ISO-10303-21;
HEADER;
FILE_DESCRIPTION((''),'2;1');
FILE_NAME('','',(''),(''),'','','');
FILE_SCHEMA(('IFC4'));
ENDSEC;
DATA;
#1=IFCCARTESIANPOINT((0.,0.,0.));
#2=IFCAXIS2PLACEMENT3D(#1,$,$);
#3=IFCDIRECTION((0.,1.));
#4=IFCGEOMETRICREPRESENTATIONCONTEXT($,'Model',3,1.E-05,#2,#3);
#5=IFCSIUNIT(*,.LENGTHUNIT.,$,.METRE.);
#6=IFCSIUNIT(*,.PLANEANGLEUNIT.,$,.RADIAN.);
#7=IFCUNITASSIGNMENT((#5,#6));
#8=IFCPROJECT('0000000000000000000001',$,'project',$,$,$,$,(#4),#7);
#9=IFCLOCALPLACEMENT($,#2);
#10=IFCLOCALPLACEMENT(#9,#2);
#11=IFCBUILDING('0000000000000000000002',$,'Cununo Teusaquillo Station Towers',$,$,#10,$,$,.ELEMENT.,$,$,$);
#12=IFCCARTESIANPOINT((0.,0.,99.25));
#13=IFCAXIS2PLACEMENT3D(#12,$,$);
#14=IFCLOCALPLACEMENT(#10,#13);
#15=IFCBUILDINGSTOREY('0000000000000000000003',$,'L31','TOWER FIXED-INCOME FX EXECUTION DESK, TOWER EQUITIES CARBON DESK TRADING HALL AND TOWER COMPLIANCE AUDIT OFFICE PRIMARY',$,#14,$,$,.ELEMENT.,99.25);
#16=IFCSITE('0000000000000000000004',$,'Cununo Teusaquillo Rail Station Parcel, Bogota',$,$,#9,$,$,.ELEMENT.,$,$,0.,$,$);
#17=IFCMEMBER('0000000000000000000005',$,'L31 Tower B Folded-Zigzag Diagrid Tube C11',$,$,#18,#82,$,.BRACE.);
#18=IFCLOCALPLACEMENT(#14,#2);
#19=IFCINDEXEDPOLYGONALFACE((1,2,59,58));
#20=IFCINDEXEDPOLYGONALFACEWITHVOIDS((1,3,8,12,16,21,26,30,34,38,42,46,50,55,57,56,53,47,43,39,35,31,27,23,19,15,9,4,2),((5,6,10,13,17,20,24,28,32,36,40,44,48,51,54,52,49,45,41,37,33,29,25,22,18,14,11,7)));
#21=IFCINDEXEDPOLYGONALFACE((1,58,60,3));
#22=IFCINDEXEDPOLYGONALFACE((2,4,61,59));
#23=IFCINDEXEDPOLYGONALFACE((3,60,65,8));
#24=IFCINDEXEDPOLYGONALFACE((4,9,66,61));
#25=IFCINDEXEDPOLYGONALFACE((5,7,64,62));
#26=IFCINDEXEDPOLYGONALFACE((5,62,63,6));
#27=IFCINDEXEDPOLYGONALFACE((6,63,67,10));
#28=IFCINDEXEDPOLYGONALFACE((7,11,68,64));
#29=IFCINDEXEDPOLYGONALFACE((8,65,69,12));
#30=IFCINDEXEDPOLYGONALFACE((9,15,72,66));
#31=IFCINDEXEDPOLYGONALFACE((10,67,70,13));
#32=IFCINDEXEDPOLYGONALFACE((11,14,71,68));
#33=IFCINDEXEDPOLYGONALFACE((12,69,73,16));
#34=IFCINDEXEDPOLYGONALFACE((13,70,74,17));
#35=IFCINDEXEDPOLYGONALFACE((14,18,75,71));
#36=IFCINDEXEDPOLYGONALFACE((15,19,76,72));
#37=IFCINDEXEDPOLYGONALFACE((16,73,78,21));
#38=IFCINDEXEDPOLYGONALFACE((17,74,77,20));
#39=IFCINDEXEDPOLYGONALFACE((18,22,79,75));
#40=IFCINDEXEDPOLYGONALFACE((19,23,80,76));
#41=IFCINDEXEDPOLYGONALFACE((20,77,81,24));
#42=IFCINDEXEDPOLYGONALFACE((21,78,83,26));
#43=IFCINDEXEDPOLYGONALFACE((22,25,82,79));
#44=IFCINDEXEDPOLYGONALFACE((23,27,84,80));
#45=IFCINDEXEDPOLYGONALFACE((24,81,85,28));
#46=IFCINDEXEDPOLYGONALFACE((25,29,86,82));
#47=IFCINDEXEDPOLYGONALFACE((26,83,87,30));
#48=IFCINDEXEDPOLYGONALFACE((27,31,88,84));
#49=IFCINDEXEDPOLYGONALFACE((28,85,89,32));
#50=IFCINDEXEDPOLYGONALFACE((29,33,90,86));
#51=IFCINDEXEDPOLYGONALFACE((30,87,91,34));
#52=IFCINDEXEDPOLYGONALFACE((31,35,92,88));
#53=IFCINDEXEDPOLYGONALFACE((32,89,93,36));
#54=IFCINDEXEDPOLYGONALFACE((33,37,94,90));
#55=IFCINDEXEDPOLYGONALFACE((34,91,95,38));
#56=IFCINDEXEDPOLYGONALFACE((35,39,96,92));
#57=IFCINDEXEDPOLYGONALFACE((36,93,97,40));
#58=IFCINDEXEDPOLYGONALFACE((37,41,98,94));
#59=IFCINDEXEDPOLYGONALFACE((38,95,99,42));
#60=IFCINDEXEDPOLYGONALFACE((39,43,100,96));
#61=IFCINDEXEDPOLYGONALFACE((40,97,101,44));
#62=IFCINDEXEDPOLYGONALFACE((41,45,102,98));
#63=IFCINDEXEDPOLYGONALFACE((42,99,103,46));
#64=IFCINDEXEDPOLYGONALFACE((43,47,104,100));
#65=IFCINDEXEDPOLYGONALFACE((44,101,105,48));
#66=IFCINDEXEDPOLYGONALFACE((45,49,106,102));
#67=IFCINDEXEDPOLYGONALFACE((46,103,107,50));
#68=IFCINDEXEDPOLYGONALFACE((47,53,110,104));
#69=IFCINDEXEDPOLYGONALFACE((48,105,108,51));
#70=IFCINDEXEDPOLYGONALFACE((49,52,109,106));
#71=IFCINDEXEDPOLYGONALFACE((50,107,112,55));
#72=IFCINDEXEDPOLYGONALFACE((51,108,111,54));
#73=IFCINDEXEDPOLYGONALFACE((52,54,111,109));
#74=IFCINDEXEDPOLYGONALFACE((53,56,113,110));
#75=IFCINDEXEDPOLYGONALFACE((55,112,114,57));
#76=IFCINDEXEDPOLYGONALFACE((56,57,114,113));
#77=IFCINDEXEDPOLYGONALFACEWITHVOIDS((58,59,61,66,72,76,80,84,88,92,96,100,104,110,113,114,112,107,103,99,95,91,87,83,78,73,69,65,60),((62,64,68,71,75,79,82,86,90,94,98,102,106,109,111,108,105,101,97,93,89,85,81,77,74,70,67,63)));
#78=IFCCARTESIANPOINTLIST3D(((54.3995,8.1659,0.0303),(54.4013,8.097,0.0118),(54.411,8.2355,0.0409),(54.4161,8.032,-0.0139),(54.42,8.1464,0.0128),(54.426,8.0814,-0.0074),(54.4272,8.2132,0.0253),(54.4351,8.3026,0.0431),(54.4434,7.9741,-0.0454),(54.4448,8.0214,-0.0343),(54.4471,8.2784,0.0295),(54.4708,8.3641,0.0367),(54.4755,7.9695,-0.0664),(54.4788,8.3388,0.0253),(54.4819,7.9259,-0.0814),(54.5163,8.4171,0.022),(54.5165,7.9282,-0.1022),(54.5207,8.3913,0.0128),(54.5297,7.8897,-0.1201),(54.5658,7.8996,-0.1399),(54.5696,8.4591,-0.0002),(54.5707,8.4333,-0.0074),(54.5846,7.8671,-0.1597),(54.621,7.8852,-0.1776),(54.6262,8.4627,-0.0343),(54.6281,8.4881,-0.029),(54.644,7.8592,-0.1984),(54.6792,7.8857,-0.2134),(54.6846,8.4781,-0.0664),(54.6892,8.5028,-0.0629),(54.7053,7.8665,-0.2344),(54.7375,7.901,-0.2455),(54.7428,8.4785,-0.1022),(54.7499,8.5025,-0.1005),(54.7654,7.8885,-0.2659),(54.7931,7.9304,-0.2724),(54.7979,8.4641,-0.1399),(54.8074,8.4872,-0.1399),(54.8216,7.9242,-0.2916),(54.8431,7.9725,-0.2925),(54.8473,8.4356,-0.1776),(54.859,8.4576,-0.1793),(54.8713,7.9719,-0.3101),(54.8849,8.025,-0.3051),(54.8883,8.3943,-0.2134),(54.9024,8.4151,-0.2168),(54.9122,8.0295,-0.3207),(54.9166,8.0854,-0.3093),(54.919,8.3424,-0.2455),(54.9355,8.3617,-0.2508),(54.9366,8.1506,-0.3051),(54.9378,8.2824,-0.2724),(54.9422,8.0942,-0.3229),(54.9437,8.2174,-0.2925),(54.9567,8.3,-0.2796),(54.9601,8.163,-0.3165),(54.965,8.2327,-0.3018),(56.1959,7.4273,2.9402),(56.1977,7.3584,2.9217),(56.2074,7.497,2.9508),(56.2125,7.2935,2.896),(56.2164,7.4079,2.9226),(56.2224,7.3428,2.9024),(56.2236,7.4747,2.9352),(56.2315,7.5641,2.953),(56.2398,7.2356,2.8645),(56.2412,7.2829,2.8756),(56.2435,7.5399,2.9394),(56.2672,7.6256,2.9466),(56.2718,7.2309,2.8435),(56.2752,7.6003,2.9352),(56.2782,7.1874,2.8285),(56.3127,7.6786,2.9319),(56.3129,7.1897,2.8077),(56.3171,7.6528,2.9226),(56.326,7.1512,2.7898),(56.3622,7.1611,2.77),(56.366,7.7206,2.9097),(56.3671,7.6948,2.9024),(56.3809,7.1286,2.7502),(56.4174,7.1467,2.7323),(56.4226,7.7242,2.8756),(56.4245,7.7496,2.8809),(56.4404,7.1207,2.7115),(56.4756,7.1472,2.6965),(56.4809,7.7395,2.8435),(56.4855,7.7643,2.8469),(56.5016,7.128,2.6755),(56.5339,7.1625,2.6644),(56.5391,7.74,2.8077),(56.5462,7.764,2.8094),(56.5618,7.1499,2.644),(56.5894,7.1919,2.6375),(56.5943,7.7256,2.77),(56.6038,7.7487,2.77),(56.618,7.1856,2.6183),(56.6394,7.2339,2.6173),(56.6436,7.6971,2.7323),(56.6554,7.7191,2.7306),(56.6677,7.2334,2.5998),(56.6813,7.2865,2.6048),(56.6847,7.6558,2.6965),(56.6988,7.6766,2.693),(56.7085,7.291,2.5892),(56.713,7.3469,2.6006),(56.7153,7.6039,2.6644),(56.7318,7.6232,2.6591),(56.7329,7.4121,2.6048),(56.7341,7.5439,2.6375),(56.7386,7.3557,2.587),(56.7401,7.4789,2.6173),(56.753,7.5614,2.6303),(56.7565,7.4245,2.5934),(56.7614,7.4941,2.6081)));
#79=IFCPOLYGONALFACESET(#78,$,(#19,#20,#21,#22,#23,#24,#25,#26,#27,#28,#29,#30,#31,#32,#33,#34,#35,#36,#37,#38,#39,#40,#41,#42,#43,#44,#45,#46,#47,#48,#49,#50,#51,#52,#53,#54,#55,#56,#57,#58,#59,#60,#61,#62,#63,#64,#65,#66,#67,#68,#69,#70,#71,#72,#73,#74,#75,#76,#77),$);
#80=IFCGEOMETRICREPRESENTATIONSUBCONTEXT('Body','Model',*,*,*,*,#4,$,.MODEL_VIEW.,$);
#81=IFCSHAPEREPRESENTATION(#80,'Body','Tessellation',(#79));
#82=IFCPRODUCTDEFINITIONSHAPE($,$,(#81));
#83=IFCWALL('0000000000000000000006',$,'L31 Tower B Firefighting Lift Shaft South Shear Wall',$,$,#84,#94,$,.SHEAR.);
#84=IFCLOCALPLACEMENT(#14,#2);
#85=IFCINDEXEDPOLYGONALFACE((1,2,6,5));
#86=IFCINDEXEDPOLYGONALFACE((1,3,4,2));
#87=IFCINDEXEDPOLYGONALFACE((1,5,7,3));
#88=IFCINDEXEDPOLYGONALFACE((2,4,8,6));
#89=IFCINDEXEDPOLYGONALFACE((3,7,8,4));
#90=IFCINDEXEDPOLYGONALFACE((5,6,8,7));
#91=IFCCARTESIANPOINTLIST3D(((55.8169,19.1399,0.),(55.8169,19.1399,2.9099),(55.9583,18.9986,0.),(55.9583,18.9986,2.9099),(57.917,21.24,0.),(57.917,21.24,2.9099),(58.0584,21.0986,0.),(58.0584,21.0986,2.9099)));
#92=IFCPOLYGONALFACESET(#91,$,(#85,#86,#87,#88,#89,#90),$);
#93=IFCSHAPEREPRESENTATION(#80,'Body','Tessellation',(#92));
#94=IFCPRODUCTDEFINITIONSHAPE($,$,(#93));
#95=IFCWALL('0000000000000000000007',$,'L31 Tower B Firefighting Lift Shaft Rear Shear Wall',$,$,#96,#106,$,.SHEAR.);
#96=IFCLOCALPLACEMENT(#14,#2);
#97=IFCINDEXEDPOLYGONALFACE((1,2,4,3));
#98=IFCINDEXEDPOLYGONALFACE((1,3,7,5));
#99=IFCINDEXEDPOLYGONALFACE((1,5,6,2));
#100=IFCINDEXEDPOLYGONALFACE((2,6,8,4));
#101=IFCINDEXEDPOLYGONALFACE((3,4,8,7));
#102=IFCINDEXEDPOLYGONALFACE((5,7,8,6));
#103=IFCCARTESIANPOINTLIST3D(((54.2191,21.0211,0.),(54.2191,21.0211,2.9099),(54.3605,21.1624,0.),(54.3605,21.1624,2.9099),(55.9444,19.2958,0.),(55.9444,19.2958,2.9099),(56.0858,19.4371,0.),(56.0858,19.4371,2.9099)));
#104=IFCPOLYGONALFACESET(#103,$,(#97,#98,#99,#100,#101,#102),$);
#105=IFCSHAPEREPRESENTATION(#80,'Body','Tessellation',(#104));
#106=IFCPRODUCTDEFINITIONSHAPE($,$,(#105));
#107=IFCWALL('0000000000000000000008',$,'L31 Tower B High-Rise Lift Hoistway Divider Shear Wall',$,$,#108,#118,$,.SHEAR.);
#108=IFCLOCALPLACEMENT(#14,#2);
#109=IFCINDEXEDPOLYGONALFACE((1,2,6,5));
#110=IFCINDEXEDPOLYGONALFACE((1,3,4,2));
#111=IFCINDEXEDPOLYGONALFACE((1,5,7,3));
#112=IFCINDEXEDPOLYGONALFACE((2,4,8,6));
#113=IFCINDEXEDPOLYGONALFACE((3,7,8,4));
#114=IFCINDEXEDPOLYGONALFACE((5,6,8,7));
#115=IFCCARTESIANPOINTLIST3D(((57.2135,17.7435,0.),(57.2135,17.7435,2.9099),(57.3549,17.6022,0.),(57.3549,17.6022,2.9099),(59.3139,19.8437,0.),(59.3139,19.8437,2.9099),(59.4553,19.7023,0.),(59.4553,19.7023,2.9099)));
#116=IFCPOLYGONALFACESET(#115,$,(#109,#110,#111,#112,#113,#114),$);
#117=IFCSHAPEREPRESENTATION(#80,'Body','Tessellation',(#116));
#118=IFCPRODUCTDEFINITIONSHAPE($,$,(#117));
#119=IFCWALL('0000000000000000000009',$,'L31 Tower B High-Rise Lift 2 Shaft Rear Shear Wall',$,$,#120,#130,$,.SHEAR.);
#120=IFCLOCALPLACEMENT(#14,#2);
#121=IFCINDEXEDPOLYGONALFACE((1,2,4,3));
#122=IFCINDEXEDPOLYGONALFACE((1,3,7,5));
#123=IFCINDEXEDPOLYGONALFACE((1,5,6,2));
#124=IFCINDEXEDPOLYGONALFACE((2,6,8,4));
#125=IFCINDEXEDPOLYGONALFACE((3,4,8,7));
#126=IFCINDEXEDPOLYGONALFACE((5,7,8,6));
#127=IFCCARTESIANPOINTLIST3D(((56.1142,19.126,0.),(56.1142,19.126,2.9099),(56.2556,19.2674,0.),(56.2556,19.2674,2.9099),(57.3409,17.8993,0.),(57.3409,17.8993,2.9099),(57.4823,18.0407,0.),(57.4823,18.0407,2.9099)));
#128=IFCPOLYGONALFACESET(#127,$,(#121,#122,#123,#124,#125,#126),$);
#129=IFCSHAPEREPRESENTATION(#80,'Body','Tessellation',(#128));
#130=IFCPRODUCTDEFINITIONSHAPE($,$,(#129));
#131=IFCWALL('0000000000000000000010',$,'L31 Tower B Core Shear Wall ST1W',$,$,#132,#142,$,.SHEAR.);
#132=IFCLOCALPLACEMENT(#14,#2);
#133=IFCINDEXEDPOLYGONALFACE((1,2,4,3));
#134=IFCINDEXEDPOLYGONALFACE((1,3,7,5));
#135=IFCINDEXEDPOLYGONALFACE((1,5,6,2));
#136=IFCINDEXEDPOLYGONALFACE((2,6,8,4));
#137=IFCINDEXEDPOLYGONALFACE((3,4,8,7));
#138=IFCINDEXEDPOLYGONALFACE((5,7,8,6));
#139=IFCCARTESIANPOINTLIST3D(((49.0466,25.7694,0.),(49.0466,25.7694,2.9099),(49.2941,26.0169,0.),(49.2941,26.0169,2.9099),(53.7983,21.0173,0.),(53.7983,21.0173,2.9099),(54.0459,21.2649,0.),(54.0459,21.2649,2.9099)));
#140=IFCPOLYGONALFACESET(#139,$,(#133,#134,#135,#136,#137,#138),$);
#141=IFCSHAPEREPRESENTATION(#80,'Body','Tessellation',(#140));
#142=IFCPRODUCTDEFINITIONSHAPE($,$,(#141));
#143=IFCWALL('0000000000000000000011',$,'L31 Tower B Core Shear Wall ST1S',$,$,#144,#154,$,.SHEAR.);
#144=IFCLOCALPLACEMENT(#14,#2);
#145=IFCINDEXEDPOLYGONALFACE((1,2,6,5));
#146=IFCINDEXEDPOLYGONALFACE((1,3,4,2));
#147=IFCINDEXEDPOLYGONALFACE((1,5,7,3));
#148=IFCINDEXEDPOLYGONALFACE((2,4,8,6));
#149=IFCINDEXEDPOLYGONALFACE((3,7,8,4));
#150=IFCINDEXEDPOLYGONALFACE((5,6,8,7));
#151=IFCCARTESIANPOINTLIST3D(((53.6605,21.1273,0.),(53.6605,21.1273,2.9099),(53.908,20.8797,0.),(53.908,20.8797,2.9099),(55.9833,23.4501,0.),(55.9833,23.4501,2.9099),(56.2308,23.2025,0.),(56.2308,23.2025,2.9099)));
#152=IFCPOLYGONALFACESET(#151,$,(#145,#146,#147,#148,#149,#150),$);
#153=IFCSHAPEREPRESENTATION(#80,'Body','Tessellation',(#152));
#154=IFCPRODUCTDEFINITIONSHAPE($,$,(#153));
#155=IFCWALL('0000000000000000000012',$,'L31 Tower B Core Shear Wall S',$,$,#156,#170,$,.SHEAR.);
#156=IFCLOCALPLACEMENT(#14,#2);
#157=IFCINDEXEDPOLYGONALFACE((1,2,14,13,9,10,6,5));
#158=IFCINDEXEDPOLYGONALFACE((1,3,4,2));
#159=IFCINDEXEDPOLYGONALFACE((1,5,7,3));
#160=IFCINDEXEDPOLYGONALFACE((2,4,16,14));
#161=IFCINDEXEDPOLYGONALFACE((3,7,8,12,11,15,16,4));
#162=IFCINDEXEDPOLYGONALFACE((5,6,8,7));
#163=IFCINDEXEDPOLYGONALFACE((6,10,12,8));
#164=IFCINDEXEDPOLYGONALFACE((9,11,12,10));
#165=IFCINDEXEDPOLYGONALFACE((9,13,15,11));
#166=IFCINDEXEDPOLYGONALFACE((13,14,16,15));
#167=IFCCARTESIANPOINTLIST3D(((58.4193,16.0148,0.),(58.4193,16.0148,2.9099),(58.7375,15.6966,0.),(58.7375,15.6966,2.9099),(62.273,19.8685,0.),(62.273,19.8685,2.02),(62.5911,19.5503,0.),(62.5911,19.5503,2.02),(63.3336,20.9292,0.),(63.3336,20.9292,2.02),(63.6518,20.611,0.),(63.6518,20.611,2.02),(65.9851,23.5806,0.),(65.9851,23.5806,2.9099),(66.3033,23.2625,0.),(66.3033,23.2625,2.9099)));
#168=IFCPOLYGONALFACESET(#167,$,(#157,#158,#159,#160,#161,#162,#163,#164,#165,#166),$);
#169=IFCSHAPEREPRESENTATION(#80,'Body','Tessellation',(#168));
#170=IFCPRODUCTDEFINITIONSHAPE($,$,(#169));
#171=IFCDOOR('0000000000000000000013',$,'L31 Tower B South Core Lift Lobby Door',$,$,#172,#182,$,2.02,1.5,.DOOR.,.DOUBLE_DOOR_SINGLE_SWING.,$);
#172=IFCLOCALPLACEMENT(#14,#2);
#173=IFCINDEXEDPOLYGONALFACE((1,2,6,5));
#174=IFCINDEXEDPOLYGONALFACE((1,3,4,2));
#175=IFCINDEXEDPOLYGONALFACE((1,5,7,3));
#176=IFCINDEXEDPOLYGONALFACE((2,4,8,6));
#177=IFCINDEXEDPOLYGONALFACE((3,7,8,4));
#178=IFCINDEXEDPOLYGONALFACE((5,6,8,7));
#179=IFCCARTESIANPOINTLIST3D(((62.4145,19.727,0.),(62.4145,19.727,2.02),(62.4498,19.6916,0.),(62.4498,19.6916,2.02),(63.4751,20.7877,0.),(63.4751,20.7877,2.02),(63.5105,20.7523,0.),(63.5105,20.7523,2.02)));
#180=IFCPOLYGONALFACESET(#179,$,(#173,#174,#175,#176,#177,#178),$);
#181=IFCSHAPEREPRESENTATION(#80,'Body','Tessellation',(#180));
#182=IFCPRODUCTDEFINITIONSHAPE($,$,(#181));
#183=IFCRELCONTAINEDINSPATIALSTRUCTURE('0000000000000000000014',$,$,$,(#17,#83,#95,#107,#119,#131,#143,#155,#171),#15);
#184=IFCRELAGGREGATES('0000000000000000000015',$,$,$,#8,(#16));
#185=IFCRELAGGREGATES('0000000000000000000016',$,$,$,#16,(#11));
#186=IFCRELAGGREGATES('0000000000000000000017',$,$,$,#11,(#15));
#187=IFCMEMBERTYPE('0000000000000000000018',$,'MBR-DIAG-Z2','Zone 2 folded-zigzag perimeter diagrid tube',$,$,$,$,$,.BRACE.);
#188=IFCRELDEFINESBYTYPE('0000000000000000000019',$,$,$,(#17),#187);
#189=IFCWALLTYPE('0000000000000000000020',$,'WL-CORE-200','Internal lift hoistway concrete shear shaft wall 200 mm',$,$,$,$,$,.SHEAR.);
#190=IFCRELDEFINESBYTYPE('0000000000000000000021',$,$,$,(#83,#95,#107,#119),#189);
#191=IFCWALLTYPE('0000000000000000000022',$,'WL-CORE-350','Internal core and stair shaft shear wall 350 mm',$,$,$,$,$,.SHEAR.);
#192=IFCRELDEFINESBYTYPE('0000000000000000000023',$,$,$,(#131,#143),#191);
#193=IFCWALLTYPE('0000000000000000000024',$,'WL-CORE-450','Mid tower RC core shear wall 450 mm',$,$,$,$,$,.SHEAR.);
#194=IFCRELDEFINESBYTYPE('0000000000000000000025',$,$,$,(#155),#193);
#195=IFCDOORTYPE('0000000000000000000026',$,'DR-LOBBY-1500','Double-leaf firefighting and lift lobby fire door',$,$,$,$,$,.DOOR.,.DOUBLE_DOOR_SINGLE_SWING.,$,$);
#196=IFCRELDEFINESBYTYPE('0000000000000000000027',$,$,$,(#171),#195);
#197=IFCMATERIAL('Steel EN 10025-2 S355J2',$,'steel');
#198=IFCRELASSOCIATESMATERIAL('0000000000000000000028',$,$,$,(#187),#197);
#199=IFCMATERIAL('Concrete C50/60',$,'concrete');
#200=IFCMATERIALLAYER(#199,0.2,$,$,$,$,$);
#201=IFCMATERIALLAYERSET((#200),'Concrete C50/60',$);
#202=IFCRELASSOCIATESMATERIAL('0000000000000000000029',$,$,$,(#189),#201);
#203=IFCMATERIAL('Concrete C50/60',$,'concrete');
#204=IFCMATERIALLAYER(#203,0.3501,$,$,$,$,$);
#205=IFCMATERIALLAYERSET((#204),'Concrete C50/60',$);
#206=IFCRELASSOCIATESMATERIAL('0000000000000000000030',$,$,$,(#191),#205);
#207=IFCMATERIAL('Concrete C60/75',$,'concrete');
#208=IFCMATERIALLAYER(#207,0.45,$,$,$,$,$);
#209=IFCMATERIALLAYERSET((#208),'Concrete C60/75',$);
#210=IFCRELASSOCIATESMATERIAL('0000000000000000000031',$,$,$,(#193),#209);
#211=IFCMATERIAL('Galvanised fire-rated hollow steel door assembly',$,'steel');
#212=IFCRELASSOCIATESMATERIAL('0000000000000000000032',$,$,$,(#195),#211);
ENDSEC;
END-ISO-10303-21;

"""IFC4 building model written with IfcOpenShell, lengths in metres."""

from ifc_helpers import new_model, si_unit, direction, frame, frame_2d, origin, origin_2d, place, context, subcontext, project, spatial, rectangle, hollow_circle, extrude, source, transform, mapped, material, layer, layer_set, material_profile, profile_set, type_object, element, fill, save


model = new_model("IFC4")

# Units and contexts
model_context = context("Model", 3, precision=1e-05, world=origin(), true_north=direction((0.0, 1.0)))
body_context = subcontext(model_context, "Body", "Model", "MODEL_VIEW")
ifc_project = project(units=[si_unit("LENGTHUNIT", "METRE"), si_unit("PLANEANGLEUNIT", "RADIAN")], contexts=[model_context])

# Site, building, storey
site_placement = place(None, origin())
site = spatial("IfcSite", under=ifc_project, at=site_placement, Name="Cununo Teusaquillo Rail Station Parcel, Bogota", CompositionType="ELEMENT", RefElevation=0.0)
building_placement = place(site_placement, origin())
building = spatial("IfcBuilding", under=site, at=building_placement, Name="Cununo Teusaquillo Station Towers", CompositionType="ELEMENT")
storey_placement = place(building_placement, frame((0.0, 0.0, 99.25)))
storey = spatial("IfcBuildingStorey", under=building, at=storey_placement, Name="L31", Description="TOWER FIXED-INCOME FX EXECUTION DESK, TOWER EQUITIES CARBON DESK TRADING HALL AND TOWER COMPLIANCE AUDIT OFFICE PRIMARY", CompositionType="ELEMENT", Elevation=99.25)

# Member
ifc_material_1 = material(Name="Steel EN 10025-2 S355J2", Category="steel")
ifc_material_profile_1 = material_profile(ifc_material_1, hollow_circle(Radius=0.3301, WallThickness=0.0249, at=origin_2d()), Name="CHS 660x25")
ifc_profile_set_1 = profile_set([ifc_material_profile_1], Name="Steel EN 10025-2 S355J2")
member_type = type_object("IfcMemberType", Name="MBR-DIAG-Z2", Description="Zone 2 folded-zigzag perimeter diagrid tube", PredefinedType="BRACE", material=ifc_profile_set_1)
member_placement = place(storey_placement, frame((54.6819, 8.1819, -0.1399), z_axis=(0.513463, -0.211093, 0.831743), x_axis=(0.380238, 0.924889, 0.0)))
element("IfcMember", 1, at=member_placement, inside=storey, type_object=member_type, Name="L31 Tower B Folded-Zigzag Diagrid Tube C11", PredefinedType="BRACE", context=body_context, shape_type="SweptSolid", body=[
    extrude(hollow_circle(Radius=0.3301, WallThickness=0.0249, at=origin_2d()), origin(), (0.0, 0.0, 1.0), 3.4985),
])

# Walls
ifc_material_2 = material(Name="Concrete C50/60", Category="concrete")
ifc_layer_1 = layer(ifc_material_2, 0.2)
ifc_layer_set_1 = layer_set([ifc_layer_1], Name="Concrete C50/60")
wall_type_1 = type_object("IfcWallType", Name="WL-CORE-200", Description="Internal lift hoistway concrete shear shaft wall 200 mm", PredefinedType="SHEAR", material=ifc_layer_set_1)
wall_1_placement = place(storey_placement, frame((55.8877, 19.0693, 0.0), z_axis=(0.0, 0.0, 1.0), x_axis=(0.707107, 0.707107, 0.0)))
element("IfcWall", 2, at=wall_1_placement, inside=storey, type_object=wall_type_1, Name="L31 Tower B Firefighting Lift Shaft South Shear Wall", PredefinedType="SHEAR", context=body_context, shape_type="SweptSolid", body=[
    extrude(rectangle(XDim=2.97, YDim=0.2, at=frame_2d((1.4849, 0.0))), origin(), (0.0, 0.0, 1.0), 2.9099),
])
wall_2_placement = place(storey_placement, frame((56.0151, 19.3665, 0.0), z_axis=(0.0, 0.0, 1.0), x_axis=(-0.707107, 0.707107, 0.0)))
element("IfcWall", 3, at=wall_2_placement, inside=storey, type_object=wall_type_1, Name="L31 Tower B Firefighting Lift Shaft Rear Shear Wall", PredefinedType="SHEAR", context=body_context, shape_type="SweptSolid", body=[
    extrude(rectangle(XDim=2.4399, YDim=0.2, at=frame_2d((1.22, 0.0))), origin(), (0.0, 0.0, 1.0), 2.9099),
])
wall_3_placement = place(storey_placement, frame((57.2842, 17.6729, 0.0), z_axis=(0.0, 0.0, 1.0), x_axis=(0.707148, 0.707066, 0.0)))
element("IfcWall", 4, at=wall_3_placement, inside=storey, type_object=wall_type_1, Name="L31 Tower B High-Rise Lift Hoistway Divider Shear Wall", PredefinedType="SHEAR", context=body_context, shape_type="SweptSolid", body=[
    extrude(rectangle(XDim=2.9702, YDim=0.2, at=frame_2d((1.4851, 0.0))), origin(), (0.0, 0.0, 1.0), 2.9099),
])
wall_4_placement = place(storey_placement, frame((57.4116, 17.97, 0.0), z_axis=(0.0, 0.0, 1.0), x_axis=(-0.707107, 0.707107, 0.0)))
element("IfcWall", 5, at=wall_4_placement, inside=storey, type_object=wall_type_1, Name="L31 Tower B High-Rise Lift 2 Shaft Rear Shear Wall", PredefinedType="SHEAR", context=body_context, shape_type="SweptSolid", body=[
    extrude(rectangle(XDim=1.7349, YDim=0.2, at=frame_2d((0.8674, 0.0))), origin(), (0.0, 0.0, 1.0), 2.9099),
])
ifc_material_3 = material(Name="Concrete C50/60", Category="concrete")
ifc_layer_2 = layer(ifc_material_3, 0.3501)
ifc_layer_set_2 = layer_set([ifc_layer_2], Name="Concrete C50/60")
wall_type_2 = type_object("IfcWallType", Name="WL-CORE-350", Description="Internal core and stair shaft shear wall 350 mm", PredefinedType="SHEAR", material=ifc_layer_set_2)
wall_5_placement = place(storey_placement, frame((53.9221, 21.1411, 0.0), z_axis=(0.0, 0.0, 1.0), x_axis=(-0.707089, 0.707125, 0.0)))
element("IfcWall", 6, at=wall_5_placement, inside=storey, type_object=wall_type_2, Name="L31 Tower B Core Shear Wall ST1W", PredefinedType="SHEAR", context=body_context, shape_type="SweptSolid", body=[
    extrude(rectangle(XDim=6.7202, YDim=0.3501, at=frame_2d((3.3601, 0.0))), origin(), (0.0, 0.0, 1.0), 2.9099),
])
wall_6_placement = place(storey_placement, frame((53.7842, 21.0034, 0.0), z_axis=(0.0, 0.0, 1.0), x_axis=(0.707107, 0.707107, 0.0)))
element("IfcWall", 7, at=wall_6_placement, inside=storey, type_object=wall_type_2, Name="L31 Tower B Core Shear Wall ST1S", PredefinedType="SHEAR", context=body_context, shape_type="SweptSolid", body=[
    extrude(rectangle(XDim=3.2849, YDim=0.3501, at=frame_2d((1.6426, 0.0))), origin(), (0.0, 0.0, 1.0), 2.9099),
])

# Wall, opening, door
ifc_material_4 = material(Name="Concrete C60/75", Category="concrete")
ifc_layer_3 = layer(ifc_material_4, 0.45)
ifc_layer_set_3 = layer_set([ifc_layer_3], Name="Concrete C60/75")
wall_type_3 = type_object("IfcWallType", Name="WL-CORE-450", Description="Mid tower RC core shear wall 450 mm", PredefinedType="SHEAR", material=ifc_layer_set_3)
wall_7_placement = place(storey_placement, frame((58.5784, 15.8557, 0.0), z_axis=(0.0, 0.0, 1.0), x_axis=(0.707107, 0.707107, 0.0)))
wall_7 = element("IfcWall", 8, at=wall_7_placement, inside=storey, type_object=wall_type_3, Name="L31 Tower B Core Shear Wall S", PredefinedType="SHEAR", context=body_context, shape_type="SweptSolid", body=[
    extrude(rectangle(XDim=10.6997, YDim=0.45, at=frame_2d((5.3499, 0.0))), origin(), (0.0, 0.0, 1.0), 2.9099),
])
shared_shape_1 = source(origin(), body_context, "Body", "SweptSolid", [
    extrude(rectangle(XDim=1.5, YDim=2.02, at=frame_2d((0.75, 1.01))), frame((0.0, 0.2349, 0.0), z_axis=(0.0, -1.0, 0.0), x_axis=(1.0, 0.0, 0.0)), (0.0, 0.0, 1.0), 0.47),
])
opening_1_placement = place(wall_7_placement, frame((5.45, 0.0, 0.0)))
opening_1 = element("IfcOpeningElement", 9, at=opening_1_placement, cuts=wall_7, PredefinedType="OPENING", context=body_context, shape_type="MappedRepresentation", body=[
    mapped(shared_shape_1, transform((0.0, 0.0, 0.0), x_axis=(1.0, 0.0, 0.0), y_axis=(0.0, 1.0, 0.0), z_axis=(0.0, 0.0, 1.0), scale=1.0)),
])
ifc_material_5 = material(Name="Galvanised fire-rated hollow steel door assembly", Category="steel")
door_type_1 = type_object("IfcDoorType", Name="DR-LOBBY-1500", Description="Double-leaf firefighting and lift lobby fire door", OperationType="DOUBLE_DOOR_SINGLE_SWING", PredefinedType="DOOR", material=ifc_material_5)
shared_shape_2 = source(origin(), body_context, "Body", "SweptSolid", [
    extrude(rectangle(XDim=1.5, YDim=2.02, at=frame_2d((0.75, 1.01))), frame((0.0, 0.0249, 0.0), z_axis=(0.0, -1.0, 0.0), x_axis=(1.0, 0.0, 0.0)), (0.0, 0.0, 1.0), 0.05),
])
door_1_placement = place(opening_1_placement, origin())
door_1 = element("IfcDoor", 10, at=door_1_placement, inside=storey, type_object=door_type_1, Name="L31 Tower B South Core Lift Lobby Door", OperationType="DOUBLE_DOOR_SINGLE_SWING", OverallHeight=2.02, OverallWidth=1.5, PredefinedType="DOOR", context=body_context, shape_type="MappedRepresentation", body=[
    mapped(shared_shape_2, transform((0.0, 0.0, 0.0), x_axis=(1.0, 0.0, 0.0), y_axis=(0.0, 1.0, 0.0), z_axis=(0.0, 0.0, 1.0), scale=1.0)),
])
fill(opening_1, door_1)

save(model, "model.ifc")
